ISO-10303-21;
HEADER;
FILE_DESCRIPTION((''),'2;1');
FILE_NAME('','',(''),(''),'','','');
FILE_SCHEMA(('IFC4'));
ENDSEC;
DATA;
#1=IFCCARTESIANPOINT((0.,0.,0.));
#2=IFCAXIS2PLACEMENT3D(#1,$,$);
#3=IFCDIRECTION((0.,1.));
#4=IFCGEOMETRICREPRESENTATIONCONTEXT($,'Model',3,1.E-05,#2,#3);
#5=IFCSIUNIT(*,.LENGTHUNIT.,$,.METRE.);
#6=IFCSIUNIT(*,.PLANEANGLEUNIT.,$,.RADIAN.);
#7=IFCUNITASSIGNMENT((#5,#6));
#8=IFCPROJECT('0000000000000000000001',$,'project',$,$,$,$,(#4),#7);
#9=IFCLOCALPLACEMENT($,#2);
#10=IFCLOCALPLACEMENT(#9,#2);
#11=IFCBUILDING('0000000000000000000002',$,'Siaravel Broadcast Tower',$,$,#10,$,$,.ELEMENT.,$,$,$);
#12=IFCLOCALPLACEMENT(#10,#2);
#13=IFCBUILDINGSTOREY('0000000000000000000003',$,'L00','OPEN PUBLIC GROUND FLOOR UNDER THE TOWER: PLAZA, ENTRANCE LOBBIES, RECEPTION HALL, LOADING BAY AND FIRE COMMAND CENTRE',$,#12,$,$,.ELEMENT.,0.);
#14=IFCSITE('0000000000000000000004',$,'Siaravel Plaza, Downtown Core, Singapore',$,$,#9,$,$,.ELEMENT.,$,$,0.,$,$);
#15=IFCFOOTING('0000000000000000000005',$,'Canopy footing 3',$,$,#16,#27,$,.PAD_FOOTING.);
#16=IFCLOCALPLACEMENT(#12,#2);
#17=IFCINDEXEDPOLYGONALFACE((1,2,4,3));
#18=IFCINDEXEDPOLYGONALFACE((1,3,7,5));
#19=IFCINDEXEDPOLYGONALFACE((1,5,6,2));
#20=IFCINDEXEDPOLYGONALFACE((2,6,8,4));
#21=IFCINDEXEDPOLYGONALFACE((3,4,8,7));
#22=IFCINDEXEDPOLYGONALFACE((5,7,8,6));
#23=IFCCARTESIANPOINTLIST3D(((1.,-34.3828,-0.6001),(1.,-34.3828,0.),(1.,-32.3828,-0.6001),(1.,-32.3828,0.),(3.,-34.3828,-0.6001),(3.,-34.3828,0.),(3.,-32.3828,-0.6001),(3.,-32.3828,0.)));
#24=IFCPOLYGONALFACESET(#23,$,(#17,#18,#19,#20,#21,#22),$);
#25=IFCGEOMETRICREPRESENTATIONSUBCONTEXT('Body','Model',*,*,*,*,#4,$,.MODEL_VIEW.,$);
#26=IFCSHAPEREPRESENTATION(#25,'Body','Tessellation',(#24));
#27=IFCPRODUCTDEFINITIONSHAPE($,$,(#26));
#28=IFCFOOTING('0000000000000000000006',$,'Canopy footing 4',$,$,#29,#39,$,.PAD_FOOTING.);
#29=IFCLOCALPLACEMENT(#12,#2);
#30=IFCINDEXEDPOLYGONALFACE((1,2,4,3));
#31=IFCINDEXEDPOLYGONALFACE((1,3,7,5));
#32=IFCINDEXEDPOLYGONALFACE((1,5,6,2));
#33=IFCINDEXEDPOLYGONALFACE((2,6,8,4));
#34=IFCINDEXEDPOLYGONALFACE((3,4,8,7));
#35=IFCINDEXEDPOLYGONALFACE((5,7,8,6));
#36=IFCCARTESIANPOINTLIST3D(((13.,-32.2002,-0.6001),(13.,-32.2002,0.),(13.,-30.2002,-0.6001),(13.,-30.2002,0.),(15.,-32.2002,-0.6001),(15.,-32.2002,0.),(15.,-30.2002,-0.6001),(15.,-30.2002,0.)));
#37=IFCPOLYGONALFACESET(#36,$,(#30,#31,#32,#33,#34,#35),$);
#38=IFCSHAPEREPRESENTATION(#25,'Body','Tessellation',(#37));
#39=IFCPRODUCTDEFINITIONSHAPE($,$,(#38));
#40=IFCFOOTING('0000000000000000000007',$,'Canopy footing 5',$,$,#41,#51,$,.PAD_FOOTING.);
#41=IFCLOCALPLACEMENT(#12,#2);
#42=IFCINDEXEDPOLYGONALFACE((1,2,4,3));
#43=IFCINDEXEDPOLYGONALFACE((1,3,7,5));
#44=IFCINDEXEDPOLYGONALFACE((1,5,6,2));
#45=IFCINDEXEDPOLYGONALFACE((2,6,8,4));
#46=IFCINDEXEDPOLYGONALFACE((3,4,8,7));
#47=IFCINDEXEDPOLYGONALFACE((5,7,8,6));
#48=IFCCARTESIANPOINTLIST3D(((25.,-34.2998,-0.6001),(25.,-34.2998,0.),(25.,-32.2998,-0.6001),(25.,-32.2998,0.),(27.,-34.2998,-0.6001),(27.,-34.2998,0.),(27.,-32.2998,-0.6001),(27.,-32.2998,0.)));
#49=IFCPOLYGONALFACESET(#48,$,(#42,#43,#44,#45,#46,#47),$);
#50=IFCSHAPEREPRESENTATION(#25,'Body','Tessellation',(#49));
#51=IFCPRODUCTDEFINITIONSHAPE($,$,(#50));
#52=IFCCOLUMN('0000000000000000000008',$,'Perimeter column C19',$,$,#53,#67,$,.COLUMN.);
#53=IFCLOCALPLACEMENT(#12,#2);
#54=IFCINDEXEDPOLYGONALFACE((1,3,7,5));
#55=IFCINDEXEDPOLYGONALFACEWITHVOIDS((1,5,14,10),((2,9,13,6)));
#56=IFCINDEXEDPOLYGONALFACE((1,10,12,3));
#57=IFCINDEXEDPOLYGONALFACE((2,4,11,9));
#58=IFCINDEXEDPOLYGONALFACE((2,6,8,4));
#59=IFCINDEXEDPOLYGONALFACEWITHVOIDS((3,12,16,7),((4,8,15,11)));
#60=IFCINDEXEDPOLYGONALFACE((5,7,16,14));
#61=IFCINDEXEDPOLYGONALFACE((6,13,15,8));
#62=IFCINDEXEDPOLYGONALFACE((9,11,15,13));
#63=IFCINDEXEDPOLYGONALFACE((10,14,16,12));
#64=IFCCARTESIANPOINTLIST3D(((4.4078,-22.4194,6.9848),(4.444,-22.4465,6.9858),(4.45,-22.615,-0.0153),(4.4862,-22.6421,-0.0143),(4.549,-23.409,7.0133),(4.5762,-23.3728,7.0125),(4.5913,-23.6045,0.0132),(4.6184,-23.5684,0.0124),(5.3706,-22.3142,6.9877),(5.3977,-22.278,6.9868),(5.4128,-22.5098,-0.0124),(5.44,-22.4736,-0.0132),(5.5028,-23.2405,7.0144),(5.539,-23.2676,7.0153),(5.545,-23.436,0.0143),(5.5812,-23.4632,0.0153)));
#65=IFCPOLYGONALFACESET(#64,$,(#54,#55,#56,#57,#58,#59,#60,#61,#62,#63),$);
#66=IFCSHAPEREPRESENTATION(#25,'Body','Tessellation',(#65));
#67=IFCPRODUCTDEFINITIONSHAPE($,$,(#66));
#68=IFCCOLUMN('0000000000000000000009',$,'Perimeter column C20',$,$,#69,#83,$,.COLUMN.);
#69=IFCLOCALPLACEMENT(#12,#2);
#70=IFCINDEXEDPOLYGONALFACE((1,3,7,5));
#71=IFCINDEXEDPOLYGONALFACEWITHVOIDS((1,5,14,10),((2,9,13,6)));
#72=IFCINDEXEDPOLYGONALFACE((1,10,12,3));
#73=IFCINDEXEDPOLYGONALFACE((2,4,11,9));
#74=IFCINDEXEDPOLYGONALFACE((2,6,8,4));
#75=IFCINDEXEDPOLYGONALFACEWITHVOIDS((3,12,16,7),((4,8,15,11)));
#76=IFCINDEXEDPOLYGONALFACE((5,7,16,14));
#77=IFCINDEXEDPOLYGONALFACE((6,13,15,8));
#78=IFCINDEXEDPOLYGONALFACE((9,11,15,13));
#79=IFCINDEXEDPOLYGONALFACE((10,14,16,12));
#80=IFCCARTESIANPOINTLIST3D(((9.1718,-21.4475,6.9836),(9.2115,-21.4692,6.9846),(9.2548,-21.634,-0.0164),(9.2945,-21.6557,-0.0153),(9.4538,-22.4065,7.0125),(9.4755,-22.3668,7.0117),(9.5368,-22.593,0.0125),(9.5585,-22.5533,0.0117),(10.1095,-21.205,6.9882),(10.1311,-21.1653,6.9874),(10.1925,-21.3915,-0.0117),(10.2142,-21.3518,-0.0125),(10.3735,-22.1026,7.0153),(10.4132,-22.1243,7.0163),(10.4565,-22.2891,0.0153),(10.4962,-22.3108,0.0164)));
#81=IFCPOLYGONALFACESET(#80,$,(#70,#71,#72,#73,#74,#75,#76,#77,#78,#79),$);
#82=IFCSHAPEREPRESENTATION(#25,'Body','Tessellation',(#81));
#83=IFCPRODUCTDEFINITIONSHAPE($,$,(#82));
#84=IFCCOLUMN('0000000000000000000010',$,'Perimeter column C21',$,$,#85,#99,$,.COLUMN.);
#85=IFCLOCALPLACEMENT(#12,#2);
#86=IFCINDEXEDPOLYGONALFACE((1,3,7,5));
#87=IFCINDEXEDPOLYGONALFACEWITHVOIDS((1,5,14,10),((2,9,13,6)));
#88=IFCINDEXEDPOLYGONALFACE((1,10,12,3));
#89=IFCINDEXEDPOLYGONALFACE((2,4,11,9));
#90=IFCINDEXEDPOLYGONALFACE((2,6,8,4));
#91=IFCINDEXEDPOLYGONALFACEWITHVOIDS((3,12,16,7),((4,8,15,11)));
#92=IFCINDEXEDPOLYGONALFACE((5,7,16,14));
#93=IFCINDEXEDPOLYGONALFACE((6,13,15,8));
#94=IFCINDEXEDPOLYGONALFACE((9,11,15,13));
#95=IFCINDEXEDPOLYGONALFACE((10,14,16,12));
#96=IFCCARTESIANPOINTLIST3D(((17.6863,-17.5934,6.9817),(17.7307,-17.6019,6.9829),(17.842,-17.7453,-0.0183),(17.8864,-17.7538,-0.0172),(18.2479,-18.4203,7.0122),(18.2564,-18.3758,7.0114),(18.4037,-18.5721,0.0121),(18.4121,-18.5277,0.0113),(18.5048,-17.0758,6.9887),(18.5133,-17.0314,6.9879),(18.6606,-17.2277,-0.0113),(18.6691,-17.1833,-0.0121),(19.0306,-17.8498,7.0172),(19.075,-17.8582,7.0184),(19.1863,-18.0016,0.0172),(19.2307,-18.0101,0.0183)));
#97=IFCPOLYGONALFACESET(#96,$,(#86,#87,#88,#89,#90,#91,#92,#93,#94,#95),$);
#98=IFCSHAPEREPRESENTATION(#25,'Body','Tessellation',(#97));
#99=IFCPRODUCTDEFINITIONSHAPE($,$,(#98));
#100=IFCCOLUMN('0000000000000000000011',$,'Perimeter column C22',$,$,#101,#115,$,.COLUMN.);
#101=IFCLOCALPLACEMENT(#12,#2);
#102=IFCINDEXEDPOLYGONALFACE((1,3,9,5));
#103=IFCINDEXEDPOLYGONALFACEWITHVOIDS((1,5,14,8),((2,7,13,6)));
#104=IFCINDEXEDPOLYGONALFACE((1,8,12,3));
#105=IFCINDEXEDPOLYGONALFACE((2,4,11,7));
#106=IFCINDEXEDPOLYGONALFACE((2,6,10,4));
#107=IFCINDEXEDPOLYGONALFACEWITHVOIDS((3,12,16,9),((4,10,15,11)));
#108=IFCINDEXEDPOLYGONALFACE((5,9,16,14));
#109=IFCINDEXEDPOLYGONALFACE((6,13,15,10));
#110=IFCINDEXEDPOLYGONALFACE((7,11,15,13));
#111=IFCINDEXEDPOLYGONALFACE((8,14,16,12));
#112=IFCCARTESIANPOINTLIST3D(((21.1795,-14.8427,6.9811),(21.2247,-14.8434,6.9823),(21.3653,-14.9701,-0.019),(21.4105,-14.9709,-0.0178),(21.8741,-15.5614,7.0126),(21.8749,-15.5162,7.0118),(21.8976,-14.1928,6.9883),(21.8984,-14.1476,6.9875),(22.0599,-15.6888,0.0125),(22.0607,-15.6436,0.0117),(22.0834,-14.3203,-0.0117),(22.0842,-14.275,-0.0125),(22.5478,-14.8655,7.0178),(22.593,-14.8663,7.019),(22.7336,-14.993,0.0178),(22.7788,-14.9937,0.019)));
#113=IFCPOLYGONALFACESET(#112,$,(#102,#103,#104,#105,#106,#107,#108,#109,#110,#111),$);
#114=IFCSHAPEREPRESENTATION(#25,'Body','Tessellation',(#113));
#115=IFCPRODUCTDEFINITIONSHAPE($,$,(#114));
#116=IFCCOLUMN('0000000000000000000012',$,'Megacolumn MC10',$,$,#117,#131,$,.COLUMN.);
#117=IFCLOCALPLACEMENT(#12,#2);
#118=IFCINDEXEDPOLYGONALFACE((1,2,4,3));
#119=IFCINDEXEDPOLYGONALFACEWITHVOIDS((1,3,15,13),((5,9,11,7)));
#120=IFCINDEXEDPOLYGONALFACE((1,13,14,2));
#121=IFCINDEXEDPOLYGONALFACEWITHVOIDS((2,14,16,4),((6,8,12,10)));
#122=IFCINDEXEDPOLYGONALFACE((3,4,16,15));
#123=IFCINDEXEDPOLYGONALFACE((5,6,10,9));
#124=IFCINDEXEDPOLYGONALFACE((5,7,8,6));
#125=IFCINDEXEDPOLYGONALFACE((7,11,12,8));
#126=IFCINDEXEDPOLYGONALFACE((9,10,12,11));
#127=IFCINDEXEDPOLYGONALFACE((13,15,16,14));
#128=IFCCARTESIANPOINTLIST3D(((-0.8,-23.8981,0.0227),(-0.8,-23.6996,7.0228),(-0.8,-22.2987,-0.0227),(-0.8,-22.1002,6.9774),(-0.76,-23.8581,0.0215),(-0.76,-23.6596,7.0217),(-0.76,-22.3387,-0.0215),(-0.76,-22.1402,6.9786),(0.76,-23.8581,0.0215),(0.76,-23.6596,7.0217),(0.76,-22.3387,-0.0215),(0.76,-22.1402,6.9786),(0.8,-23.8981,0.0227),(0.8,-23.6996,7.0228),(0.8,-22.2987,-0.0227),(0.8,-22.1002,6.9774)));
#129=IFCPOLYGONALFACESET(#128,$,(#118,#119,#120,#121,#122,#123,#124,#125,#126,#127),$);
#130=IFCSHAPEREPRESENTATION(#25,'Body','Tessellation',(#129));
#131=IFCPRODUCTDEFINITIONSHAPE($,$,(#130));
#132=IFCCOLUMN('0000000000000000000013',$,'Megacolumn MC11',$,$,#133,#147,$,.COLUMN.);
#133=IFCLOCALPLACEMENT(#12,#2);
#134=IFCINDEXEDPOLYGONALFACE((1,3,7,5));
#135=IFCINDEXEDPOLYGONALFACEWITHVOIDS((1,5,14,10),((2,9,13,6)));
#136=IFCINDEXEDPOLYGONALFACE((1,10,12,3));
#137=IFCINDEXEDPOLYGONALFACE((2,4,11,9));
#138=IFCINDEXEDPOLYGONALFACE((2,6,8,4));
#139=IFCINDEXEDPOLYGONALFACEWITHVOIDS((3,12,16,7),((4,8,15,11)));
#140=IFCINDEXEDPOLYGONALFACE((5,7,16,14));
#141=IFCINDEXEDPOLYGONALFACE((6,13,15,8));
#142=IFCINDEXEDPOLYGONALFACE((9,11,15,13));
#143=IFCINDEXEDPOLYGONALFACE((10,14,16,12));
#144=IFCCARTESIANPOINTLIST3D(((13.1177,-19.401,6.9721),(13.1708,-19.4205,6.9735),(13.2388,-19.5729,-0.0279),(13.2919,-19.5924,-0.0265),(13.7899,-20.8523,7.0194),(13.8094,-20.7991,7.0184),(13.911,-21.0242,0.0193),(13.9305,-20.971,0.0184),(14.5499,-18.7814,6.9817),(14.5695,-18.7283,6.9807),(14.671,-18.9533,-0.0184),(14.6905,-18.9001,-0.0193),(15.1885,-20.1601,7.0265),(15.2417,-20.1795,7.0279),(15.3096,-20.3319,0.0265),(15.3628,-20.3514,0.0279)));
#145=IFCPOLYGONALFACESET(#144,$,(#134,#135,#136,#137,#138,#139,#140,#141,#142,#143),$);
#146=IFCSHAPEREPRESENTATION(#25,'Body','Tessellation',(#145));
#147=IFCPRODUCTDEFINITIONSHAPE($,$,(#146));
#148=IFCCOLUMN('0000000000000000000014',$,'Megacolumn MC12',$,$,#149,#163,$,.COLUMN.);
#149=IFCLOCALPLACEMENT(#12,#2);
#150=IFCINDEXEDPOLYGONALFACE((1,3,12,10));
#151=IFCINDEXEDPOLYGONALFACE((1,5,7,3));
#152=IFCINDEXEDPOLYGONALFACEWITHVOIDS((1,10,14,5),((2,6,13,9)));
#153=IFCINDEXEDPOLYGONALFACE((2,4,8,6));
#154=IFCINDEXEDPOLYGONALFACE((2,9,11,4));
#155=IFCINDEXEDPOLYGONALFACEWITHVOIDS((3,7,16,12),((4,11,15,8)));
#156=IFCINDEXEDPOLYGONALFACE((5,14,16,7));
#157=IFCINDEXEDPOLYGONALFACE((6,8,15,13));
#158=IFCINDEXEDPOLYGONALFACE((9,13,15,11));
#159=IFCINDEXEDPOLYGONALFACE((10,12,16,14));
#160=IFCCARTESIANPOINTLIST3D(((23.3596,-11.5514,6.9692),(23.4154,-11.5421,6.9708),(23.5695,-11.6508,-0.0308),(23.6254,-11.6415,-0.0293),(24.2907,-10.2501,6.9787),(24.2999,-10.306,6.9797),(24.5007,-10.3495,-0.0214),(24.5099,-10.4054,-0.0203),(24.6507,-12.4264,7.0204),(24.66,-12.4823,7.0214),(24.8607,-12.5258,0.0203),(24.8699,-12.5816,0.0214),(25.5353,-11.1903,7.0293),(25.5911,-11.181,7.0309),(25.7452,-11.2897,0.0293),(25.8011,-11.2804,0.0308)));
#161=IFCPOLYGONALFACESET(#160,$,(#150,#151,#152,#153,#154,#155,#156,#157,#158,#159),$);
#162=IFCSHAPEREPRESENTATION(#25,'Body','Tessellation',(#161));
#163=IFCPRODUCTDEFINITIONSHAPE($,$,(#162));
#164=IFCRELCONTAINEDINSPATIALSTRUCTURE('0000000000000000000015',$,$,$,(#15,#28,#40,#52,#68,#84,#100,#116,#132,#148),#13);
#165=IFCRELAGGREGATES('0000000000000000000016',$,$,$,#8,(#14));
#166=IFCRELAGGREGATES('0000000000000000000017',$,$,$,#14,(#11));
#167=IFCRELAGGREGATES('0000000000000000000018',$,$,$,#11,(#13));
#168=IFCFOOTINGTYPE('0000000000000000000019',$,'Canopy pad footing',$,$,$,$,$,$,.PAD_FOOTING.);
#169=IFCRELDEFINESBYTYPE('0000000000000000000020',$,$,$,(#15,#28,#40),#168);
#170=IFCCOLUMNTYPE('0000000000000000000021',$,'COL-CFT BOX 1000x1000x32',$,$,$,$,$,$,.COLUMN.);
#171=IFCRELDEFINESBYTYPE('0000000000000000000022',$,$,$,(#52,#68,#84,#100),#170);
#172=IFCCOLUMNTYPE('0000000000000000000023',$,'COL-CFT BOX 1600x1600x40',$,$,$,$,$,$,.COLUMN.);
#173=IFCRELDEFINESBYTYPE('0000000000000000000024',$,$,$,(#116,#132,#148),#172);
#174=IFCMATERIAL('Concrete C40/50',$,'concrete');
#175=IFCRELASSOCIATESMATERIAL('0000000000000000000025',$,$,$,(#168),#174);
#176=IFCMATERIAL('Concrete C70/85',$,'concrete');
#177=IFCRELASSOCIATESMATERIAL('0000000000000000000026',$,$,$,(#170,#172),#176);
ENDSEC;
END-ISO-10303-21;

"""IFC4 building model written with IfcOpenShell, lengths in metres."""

from ifc_helpers import new_model, si_unit, direction, frame, origin, origin_2d, place, context, subcontext, project, spatial, rectangle, hollow_rectangle, extrude, material, material_profile, profile_set, type_object, element, save


model = new_model("IFC4")

# Units and contexts
model_context = context("Model", 3, precision=1e-05, world=origin(), true_north=direction((0.0, 1.0)))
body_context = subcontext(model_context, "Body", "Model", "MODEL_VIEW")
ifc_project = project(units=[si_unit("LENGTHUNIT", "METRE"), si_unit("PLANEANGLEUNIT", "RADIAN")], contexts=[model_context])

# Site, building, storey
site_placement = place(None, origin())
site = spatial("IfcSite", under=ifc_project, at=site_placement, Name="Siaravel Plaza, Downtown Core, Singapore", CompositionType="ELEMENT", RefElevation=0.0)
building_placement = place(site_placement, origin())
building = spatial("IfcBuilding", under=site, at=building_placement, Name="Siaravel Broadcast Tower", CompositionType="ELEMENT")
storey_placement = place(building_placement, origin())
storey = spatial("IfcBuildingStorey", under=building, at=storey_placement, Name="L00", Description="OPEN PUBLIC GROUND FLOOR UNDER THE TOWER: PLAZA, ENTRANCE LOBBIES, RECEPTION HALL, LOADING BAY AND FIRE COMMAND CENTRE", CompositionType="ELEMENT", Elevation=0.0)

# Footings
ifc_material_1 = material(Name="Concrete C40/50", Category="concrete")
footing_type = type_object("IfcFootingType", Name="Canopy pad footing", PredefinedType="PAD_FOOTING", material=ifc_material_1)
for number, where, z_axis, x_axis, name in (
    (1, (2.0, -33.3828, -0.6001), (0.0, 0.0, 1.0), (1.0, 0.0, 0.0), "Canopy footing 3"),
    (2, (14.0, -31.2002, -0.6001), (0.0, 0.0, 1.0), (1.0, 0.0, 0.0), "Canopy footing 4"),
    (3, (26.0, -33.2998, -0.6001), (0.0, 0.0, 1.0), (1.0, 0.0, 0.0), "Canopy footing 5"),
):
    element("IfcFooting", number, at=place(storey_placement, frame(where, z_axis=z_axis, x_axis=x_axis)), inside=storey, type_object=footing_type, Name=name, PredefinedType="PAD_FOOTING", context=body_context, shape_type="SweptSolid", body=[
        extrude(rectangle(XDim=2.0, YDim=2.0, at=origin_2d()), origin(), (0.0, 0.0, 1.0), 0.6001),
    ])

# Columns
ifc_material_2 = material(Name="Concrete C70/85", Category="concrete")
ifc_material_profile_1 = material_profile(ifc_material_2, hollow_rectangle(XDim=1.0, YDim=1.0, WallThickness=0.032, at=origin_2d()))
ifc_profile_set_1 = profile_set([ifc_material_profile_1], Name="Concrete C70/85")
column_type_1 = type_object("IfcColumnType", Name="COL-CFT BOX 1000x1000x32", PredefinedType="COLUMN", material=ifc_profile_set_1)
for number, where, z_axis, x_axis, name in (
    (4, (5.0156, -23.0391, 0.0), (-0.006031, 0.027925, 0.999592), (-0.989957, -0.141354, -0.002024), "Perimeter column C19"),
    (5, (9.8755, -21.9724, 0.0), (-0.011853, 0.026635, 0.999575), (-0.959339, -0.282231, -0.003856), "Perimeter column C20"),
):
    element("IfcColumn", number, at=place(storey_placement, frame(where, z_axis=z_axis, x_axis=x_axis)), inside=storey, type_object=column_type_1, Name=name, PredefinedType="COLUMN", context=body_context, shape_type="SweptSolid", body=[
        extrude(hollow_rectangle(XDim=1.0, YDim=1.0, WallThickness=0.032, at=origin_2d()), origin(), (0.0, 0.0, 1.0), 7.0029),
    ])
column_1_placement = place(storey_placement, frame((18.5364, -17.8777, 0.0), z_axis=(-0.022241, 0.021683, 0.999517), x_axis=(-0.827085, -0.562043, -0.006211)))
element("IfcColumn", 6, at=column_1_placement, inside=storey, type_object=column_type_1, Name="Perimeter column C21", PredefinedType="COLUMN", context=body_context, shape_type="SweptSolid", body=[
    extrude(hollow_rectangle(XDim=1.0, YDim=1.0, WallThickness=0.032, at=origin_2d()), origin(), (0.0, 0.0, 1.0), 7.0034),
])
column_2_placement = place(storey_placement, frame((22.072, -14.9819, 0.0), z_axis=(-0.026528, 0.018196, 0.999482), x_axis=(-0.7189, -0.695084, -0.006426)))
element("IfcColumn", 7, at=column_2_placement, inside=storey, type_object=column_type_1, Name="Perimeter column C22", PredefinedType="COLUMN", context=body_context, shape_type="SweptSolid", body=[
    extrude(hollow_rectangle(XDim=1.0, YDim=1.0, WallThickness=0.032, at=origin_2d()), origin(), (0.0, 0.0, 1.0), 7.0037),
])
ifc_material_profile_2 = material_profile(ifc_material_2, hollow_rectangle(XDim=1.6001, YDim=1.6001, WallThickness=0.04, at=origin_2d()))
ifc_profile_set_2 = profile_set([ifc_material_profile_2], Name="Concrete C70/85")
column_type_2 = type_object("IfcColumnType", Name="COL-CFT BOX 1600x1600x40", PredefinedType="COLUMN", material=ifc_profile_set_2)
column_3_placement = place(storey_placement, frame((0.0, -23.0984, 0.0), z_axis=(0.0, 0.028344, 0.999598), x_axis=(-1.0, 0.0, 0.0)))
element("IfcColumn", 8, at=column_3_placement, inside=storey, type_object=column_type_2, Name="Megacolumn MC10", PredefinedType="COLUMN", context=body_context, shape_type="SweptSolid", body=[
    extrude(hollow_rectangle(XDim=1.6001, YDim=1.6001, WallThickness=0.04, at=origin_2d()), origin(), (0.0, 0.0, 1.0), 7.0029),
])
column_4_placement = place(storey_placement, frame((14.3008, -19.9622, 0.0), z_axis=(-0.017291, 0.024543, 0.999549), x_axis=(-0.907303, -0.420444, -0.005372)))
element("IfcColumn", 9, at=column_4_placement, inside=storey, type_object=column_type_2, Name="Megacolumn MC11", PredefinedType="COLUMN", context=body_context, shape_type="SweptSolid", body=[
    extrude(hollow_rectangle(XDim=1.6001, YDim=1.6001, WallThickness=0.04, at=origin_2d()), origin(), (0.0, 0.0, 1.0), 7.0032),
])
column_5_placement = place(storey_placement, frame((24.6853, -11.4656, 0.0), z_axis=(-0.029978, 0.014187, 0.99945), x_axis=(-0.581908, -0.813233, -0.00591)))
element("IfcColumn", 10, at=column_5_placement, inside=storey, type_object=column_type_2, Name="Megacolumn MC12", PredefinedType="COLUMN", context=body_context, shape_type="SweptSolid", body=[
    extrude(hollow_rectangle(XDim=1.6001, YDim=1.6001, WallThickness=0.04, at=origin_2d()), origin(), (0.0, 0.0, 1.0), 7.0039),
])

save(model, "model.ifc")
